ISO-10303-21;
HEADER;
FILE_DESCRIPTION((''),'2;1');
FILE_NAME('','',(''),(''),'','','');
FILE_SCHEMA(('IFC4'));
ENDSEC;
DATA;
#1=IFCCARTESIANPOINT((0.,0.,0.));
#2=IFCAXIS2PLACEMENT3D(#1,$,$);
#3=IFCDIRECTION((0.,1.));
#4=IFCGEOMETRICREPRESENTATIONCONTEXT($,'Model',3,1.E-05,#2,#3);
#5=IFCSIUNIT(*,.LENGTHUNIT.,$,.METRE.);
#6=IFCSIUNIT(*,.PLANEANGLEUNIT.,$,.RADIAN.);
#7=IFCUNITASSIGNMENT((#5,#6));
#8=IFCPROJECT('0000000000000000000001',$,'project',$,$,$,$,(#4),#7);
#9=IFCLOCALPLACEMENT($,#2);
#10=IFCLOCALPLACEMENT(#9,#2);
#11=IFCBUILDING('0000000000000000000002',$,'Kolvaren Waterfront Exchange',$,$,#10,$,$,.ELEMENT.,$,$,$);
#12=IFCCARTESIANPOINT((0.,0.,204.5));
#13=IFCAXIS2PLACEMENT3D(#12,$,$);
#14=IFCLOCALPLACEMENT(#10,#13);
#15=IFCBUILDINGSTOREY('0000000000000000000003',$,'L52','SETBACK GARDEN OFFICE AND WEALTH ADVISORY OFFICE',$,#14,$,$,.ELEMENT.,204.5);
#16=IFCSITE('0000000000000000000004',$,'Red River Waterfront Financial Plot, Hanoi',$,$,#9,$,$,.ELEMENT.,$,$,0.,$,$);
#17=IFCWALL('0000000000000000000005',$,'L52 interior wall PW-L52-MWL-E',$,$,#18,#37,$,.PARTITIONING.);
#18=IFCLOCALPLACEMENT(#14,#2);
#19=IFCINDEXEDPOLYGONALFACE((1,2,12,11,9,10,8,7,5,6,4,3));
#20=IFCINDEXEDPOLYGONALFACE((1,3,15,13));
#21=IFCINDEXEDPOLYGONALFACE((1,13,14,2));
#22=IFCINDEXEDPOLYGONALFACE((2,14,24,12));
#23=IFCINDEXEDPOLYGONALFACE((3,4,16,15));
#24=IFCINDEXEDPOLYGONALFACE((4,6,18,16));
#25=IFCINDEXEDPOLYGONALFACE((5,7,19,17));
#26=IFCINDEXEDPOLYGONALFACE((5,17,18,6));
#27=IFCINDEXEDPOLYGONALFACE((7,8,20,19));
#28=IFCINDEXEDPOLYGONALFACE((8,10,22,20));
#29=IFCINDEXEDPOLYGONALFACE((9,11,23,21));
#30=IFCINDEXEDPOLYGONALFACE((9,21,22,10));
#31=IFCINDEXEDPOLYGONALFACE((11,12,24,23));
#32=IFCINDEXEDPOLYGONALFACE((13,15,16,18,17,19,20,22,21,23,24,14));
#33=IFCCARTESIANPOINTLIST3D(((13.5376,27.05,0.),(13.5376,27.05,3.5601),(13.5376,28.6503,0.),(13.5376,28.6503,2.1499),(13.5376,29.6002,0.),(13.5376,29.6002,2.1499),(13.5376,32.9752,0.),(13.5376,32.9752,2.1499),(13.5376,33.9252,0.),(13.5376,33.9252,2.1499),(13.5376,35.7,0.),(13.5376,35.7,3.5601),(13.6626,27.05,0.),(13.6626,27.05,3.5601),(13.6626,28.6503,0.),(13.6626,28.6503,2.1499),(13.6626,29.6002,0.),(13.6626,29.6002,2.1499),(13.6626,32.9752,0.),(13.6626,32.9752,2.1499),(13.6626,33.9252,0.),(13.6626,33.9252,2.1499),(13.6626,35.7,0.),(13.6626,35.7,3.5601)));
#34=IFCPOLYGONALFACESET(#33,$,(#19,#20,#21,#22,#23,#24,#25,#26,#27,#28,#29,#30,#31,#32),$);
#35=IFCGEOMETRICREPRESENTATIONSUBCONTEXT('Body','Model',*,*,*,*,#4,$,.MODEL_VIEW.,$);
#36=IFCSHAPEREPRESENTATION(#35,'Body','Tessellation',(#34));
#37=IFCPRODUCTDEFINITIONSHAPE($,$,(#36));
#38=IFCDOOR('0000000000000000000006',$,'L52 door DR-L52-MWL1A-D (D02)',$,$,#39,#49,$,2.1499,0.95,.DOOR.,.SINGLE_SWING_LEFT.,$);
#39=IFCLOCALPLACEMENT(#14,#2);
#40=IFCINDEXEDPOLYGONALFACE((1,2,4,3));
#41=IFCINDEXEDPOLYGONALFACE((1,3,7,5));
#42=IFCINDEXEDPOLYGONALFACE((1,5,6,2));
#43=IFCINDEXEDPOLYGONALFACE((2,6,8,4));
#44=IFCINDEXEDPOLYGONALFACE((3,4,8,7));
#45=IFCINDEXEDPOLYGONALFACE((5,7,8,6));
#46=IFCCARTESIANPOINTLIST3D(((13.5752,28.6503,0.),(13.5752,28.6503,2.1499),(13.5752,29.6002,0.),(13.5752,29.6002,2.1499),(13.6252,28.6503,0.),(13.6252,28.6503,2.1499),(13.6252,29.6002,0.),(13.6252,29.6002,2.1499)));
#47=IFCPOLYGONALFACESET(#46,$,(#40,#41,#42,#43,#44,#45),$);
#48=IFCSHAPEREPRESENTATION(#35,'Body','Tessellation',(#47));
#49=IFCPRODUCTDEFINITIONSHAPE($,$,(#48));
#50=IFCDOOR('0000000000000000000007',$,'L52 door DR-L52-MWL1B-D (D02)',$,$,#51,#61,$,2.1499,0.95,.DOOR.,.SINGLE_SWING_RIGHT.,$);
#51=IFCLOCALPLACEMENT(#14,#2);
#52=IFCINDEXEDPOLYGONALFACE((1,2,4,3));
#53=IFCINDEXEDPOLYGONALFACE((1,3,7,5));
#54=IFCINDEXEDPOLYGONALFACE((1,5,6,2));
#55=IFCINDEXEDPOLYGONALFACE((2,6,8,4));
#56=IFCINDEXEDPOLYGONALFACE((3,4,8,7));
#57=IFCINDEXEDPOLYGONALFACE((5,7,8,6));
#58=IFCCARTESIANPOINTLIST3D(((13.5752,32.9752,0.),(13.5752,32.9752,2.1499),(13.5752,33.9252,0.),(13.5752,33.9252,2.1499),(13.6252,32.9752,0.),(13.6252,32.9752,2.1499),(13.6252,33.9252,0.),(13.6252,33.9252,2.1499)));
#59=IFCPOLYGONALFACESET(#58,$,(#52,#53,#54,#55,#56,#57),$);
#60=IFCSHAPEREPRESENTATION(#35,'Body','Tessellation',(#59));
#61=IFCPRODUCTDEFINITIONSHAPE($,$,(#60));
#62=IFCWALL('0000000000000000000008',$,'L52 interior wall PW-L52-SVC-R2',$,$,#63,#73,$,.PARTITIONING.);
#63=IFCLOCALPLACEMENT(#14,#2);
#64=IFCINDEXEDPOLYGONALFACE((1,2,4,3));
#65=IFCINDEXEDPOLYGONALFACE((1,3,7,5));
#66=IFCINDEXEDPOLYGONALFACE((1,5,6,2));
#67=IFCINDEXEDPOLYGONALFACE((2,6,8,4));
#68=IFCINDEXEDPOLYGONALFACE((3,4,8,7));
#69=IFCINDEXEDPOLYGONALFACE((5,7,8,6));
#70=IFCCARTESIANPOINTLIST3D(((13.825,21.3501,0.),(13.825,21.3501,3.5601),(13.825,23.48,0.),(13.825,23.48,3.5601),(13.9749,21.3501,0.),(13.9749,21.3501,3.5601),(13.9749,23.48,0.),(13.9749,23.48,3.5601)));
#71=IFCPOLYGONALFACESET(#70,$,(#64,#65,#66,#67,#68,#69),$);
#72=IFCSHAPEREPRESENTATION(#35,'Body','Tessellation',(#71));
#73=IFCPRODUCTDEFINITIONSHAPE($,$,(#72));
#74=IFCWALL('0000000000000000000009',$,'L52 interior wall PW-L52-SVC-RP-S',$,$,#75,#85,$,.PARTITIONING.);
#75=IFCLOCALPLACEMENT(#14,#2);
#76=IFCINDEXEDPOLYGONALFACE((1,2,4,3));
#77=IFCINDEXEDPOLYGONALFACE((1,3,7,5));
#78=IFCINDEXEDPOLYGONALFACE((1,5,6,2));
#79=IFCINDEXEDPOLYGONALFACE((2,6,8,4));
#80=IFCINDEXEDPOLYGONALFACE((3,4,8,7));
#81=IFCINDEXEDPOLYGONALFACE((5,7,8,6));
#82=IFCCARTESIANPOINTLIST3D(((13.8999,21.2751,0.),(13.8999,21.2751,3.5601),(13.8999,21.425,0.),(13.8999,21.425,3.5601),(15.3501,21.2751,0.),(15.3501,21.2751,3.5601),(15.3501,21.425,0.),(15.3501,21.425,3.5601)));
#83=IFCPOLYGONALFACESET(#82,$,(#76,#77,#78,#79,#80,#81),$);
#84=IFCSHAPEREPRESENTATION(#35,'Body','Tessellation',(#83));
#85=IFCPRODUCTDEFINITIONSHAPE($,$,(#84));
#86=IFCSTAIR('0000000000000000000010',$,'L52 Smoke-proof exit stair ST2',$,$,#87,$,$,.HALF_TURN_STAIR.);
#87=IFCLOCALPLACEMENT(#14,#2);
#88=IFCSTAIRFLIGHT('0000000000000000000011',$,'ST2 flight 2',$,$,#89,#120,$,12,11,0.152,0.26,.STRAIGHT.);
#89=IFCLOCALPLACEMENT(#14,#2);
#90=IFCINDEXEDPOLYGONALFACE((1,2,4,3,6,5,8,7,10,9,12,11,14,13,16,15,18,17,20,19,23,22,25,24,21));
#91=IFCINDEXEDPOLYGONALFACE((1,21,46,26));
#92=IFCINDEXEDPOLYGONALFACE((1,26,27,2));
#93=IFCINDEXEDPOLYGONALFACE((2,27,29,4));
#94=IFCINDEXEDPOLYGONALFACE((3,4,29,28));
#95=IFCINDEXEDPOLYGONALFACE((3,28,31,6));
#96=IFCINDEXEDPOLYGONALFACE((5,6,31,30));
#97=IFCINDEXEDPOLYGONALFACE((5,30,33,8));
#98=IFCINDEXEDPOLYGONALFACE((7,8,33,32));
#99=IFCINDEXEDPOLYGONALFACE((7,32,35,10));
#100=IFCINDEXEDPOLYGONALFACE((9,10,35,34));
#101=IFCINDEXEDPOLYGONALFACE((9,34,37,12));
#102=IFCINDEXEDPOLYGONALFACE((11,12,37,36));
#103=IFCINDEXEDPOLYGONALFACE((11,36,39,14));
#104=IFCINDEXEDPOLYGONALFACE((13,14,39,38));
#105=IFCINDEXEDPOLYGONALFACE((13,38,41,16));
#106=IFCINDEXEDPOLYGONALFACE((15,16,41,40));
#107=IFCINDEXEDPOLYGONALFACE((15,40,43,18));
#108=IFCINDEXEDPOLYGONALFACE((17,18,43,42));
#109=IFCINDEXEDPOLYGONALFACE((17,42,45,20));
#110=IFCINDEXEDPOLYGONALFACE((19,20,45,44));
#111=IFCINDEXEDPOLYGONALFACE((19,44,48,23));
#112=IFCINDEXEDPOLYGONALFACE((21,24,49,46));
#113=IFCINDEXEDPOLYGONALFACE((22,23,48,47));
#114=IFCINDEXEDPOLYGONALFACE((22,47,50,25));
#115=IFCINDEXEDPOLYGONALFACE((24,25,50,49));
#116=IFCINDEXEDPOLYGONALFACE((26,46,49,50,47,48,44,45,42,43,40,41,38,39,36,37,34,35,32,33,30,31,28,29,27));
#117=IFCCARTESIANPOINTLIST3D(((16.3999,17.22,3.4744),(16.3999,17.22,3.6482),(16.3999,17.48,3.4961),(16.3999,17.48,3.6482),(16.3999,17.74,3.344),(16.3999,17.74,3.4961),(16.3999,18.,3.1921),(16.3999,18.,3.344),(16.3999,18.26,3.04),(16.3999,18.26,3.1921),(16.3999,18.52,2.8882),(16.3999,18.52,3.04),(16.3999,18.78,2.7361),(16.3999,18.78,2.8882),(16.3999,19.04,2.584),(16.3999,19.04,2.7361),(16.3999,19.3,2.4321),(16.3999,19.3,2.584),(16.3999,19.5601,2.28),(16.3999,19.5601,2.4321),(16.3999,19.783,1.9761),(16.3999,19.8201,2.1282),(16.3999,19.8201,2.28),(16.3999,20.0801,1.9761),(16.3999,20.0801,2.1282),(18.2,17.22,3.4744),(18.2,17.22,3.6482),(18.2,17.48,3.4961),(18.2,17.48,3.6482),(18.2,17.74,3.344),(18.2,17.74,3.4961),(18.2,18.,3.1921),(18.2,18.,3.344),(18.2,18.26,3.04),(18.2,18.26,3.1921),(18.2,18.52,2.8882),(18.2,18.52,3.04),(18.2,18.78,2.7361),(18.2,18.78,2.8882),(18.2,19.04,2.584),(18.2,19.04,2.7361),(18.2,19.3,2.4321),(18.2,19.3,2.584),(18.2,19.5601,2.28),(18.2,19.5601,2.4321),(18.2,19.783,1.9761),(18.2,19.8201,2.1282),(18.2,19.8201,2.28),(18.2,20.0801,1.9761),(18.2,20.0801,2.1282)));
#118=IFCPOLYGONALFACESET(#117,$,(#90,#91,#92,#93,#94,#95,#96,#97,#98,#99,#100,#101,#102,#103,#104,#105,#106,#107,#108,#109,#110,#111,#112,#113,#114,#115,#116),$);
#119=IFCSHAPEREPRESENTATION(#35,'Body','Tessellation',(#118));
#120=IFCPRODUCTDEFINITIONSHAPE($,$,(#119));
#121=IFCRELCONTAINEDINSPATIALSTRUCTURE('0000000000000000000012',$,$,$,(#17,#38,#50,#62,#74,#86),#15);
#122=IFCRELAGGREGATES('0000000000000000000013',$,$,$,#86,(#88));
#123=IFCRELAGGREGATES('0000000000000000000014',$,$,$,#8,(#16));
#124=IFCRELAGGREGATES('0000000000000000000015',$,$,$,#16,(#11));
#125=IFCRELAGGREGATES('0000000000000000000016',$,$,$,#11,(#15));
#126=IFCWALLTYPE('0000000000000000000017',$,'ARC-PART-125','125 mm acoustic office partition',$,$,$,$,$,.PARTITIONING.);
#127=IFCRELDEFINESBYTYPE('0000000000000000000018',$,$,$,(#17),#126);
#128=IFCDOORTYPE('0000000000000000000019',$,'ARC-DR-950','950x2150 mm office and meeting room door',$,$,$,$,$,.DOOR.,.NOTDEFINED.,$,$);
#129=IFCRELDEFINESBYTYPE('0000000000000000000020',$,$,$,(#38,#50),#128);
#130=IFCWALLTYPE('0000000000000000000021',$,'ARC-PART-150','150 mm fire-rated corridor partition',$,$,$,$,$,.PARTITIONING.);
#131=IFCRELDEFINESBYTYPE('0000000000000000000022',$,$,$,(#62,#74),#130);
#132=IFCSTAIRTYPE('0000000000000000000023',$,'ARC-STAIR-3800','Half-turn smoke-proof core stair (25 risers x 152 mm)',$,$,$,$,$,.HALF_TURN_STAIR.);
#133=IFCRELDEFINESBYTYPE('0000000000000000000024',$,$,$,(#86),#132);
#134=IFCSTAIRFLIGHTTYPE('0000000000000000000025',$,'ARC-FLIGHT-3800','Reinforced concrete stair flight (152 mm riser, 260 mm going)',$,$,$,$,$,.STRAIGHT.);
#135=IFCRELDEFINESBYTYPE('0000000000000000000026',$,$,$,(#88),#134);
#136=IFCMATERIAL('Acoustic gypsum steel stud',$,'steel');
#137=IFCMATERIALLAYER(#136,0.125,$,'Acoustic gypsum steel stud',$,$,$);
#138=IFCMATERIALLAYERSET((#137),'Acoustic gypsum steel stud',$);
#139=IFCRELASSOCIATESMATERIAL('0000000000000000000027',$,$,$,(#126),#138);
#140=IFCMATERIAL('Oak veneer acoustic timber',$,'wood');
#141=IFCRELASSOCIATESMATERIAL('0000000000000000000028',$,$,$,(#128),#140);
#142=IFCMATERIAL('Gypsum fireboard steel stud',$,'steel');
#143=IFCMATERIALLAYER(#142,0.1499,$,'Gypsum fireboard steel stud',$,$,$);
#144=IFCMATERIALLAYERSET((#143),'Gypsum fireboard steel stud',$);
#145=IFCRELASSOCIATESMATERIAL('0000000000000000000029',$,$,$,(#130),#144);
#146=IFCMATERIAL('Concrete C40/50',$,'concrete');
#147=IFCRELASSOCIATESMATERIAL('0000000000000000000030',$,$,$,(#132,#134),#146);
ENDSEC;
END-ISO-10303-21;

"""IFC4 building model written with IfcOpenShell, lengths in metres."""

from ifc_helpers import new_model, si_unit, direction, frame, frame_2d, origin, place, context, subcontext, project, spatial, polyline, rectangle, outline, extrude, material, layer, layer_set, type_object, element, fill, aggregate, save


model = new_model("IFC4")

# Units and contexts
model_context = context("Model", 3, precision=1e-05, world=origin(), true_north=direction((0.0, 1.0)))
body_context = subcontext(model_context, "Body", "Model", "MODEL_VIEW")
ifc_project = project(units=[si_unit("LENGTHUNIT", "METRE"), si_unit("PLANEANGLEUNIT", "RADIAN")], contexts=[model_context])

# Site, building, storey
site_placement = place(None, origin())
site = spatial("IfcSite", under=ifc_project, at=site_placement, Name="Red River Waterfront Financial Plot, Hanoi", CompositionType="ELEMENT", RefElevation=0.0)
building_placement = place(site_placement, origin())
building = spatial("IfcBuilding", under=site, at=building_placement, Name="Kolvaren Waterfront Exchange", CompositionType="ELEMENT")
storey_placement = place(building_placement, frame((0.0, 0.0, 204.5)))
storey = spatial("IfcBuildingStorey", under=building, at=storey_placement, Name="L52", Description="SETBACK GARDEN OFFICE AND WEALTH ADVISORY OFFICE", CompositionType="ELEMENT", Elevation=204.5)

# Shared definitions
ifc_material_1 = material(Name="Acoustic gypsum steel stud", Category="steel")
ifc_layer_1 = layer(ifc_material_1, 0.125, Name="Acoustic gypsum steel stud")
ifc_layer_set_1 = layer_set([ifc_layer_1], Name="Acoustic gypsum steel stud")
wall_type_1 = type_object("IfcWallType", Name="ARC-PART-125", Description="125 mm acoustic office partition", PredefinedType="PARTITIONING", material=ifc_layer_set_1)

# Wall, openings, doors
wall_1_placement = place(storey_placement, frame((13.6001, 27.05, 0.0), z_axis=(0.0, 0.0, 1.0), x_axis=(0.0, 1.0, 0.0)))
wall_1 = element("IfcWall", 1, at=wall_1_placement, inside=storey, type_object=wall_type_1, Name="L52 interior wall PW-L52-MWL-E", PredefinedType="PARTITIONING", context=body_context, shape_type="SweptSolid", body=[
    extrude(rectangle(XDim=8.6499, YDim=0.125, at=frame_2d((4.325, 0.0))), origin(), (0.0, 0.0, 1.0), 3.5601),
])
opening_1_placement = place(wall_1_placement, frame((1.6001, 0.0, 0.0)))
opening_1 = element("IfcOpeningElement", 2, at=opening_1_placement, cuts=wall_1, PredefinedType="OPENING", context=body_context, shape_type="SweptSolid", body=[
    extrude(rectangle(XDim=0.95, YDim=2.1499, at=frame_2d((0.4751, 1.075))), frame((0.0, 0.0725, 0.0), z_axis=(0.0, -1.0, 0.0), x_axis=(1.0, 0.0, 0.0)), (0.0, 0.0, 1.0), 0.145),
])
opening_2_placement = place(wall_1_placement, frame((5.925, 0.0, 0.0)))
opening_2 = element("IfcOpeningElement", 3, at=opening_2_placement, cuts=wall_1, PredefinedType="OPENING", context=body_context, shape_type="SweptSolid", body=[
    extrude(rectangle(XDim=0.95, YDim=2.1499, at=frame_2d((0.4751, 1.075))), frame((0.0, 0.0725, 0.0), z_axis=(0.0, -1.0, 0.0), x_axis=(1.0, 0.0, 0.0)), (0.0, 0.0, 1.0), 0.145),
])
ifc_material_2 = material(Name="Oak veneer acoustic timber", Category="wood")
door_type_1 = type_object("IfcDoorType", Name="ARC-DR-950", Description="950x2150 mm office and meeting room door", OperationType="NOTDEFINED", PredefinedType="DOOR", material=ifc_material_2)
door_1_placement = place(opening_1_placement, origin())
door_1 = element("IfcDoor", 4, at=door_1_placement, inside=storey, type_object=door_type_1, Name="L52 door DR-L52-MWL1A-D (D02)", OperationType="SINGLE_SWING_LEFT", OverallHeight=2.1499, OverallWidth=0.95, PredefinedType="DOOR", context=body_context, shape_type="SweptSolid", body=[
    extrude(rectangle(XDim=0.95, YDim=2.1499, at=frame_2d((0.4751, 1.075))), frame((0.0, 0.0249, 0.0), z_axis=(0.0, -1.0, 0.0), x_axis=(1.0, 0.0, 0.0)), (0.0, 0.0, 1.0), 0.05),
])
fill(opening_1, door_1)
door_2_placement = place(opening_2_placement, origin())
door_2 = element("IfcDoor", 5, at=door_2_placement, inside=storey, type_object=door_type_1, Name="L52 door DR-L52-MWL1B-D (D02)", OperationType="SINGLE_SWING_RIGHT", OverallHeight=2.1499, OverallWidth=0.95, PredefinedType="DOOR", context=body_context, shape_type="SweptSolid", body=[
    extrude(rectangle(XDim=0.95, YDim=2.1499, at=frame_2d((0.4751, 1.075))), frame((0.0, 0.0249, 0.0), z_axis=(0.0, -1.0, 0.0), x_axis=(1.0, 0.0, 0.0)), (0.0, 0.0, 1.0), 0.05),
])
fill(opening_2, door_2)

# Walls
ifc_material_3 = material(Name="Gypsum fireboard steel stud", Category="steel")
ifc_layer_2 = layer(ifc_material_3, 0.1499, Name="Gypsum fireboard steel stud")
ifc_layer_set_2 = layer_set([ifc_layer_2], Name="Gypsum fireboard steel stud")
wall_type_2 = type_object("IfcWallType", Name="ARC-PART-150", Description="150 mm fire-rated corridor partition", PredefinedType="PARTITIONING", material=ifc_layer_set_2)
wall_2_placement = place(storey_placement, frame((13.8999, 21.3501, 0.0), z_axis=(0.0, 0.0, 1.0), x_axis=(0.0, 1.0, 0.0)))
element("IfcWall", 6, at=wall_2_placement, inside=storey, type_object=wall_type_2, Name="L52 interior wall PW-L52-SVC-R2", PredefinedType="PARTITIONING", context=body_context, shape_type="SweptSolid", body=[
    extrude(rectangle(XDim=2.1299, YDim=0.1499, at=frame_2d((1.0649, 0.0))), origin(), (0.0, 0.0, 1.0), 3.5601),
])
wall_3_placement = place(storey_placement, frame((13.8999, 21.3501, 0.0), z_axis=(0.0, 0.0, 1.0), x_axis=(1.0, 0.0, 0.0)))
element("IfcWall", 7, at=wall_3_placement, inside=storey, type_object=wall_type_2, Name="L52 interior wall PW-L52-SVC-RP-S", PredefinedType="PARTITIONING", context=body_context, shape_type="SweptSolid", body=[
    extrude(rectangle(XDim=1.4502, YDim=0.1499, at=frame_2d((0.7251, 0.0))), origin(), (0.0, 0.0, 1.0), 3.5601),
])

# Stair, stair flight
ifc_material_4 = material(Name="Concrete C40/50", Category="concrete")
stair_type = type_object("IfcStairType", Name="ARC-STAIR-3800", Description="Half-turn smoke-proof core stair (25 risers x 152 mm)", PredefinedType="HALF_TURN_STAIR", material=ifc_material_4)
stair_placement = place(storey_placement, origin())
stair = element("IfcStair", 8, at=stair_placement, inside=storey, type_object=stair_type, Name="L52 Smoke-proof exit stair ST2", PredefinedType="HALF_TURN_STAIR")
stair_flight_type = type_object("IfcStairFlightType", Name="ARC-FLIGHT-3800", Description="Reinforced concrete stair flight (152 mm riser, 260 mm going)", PredefinedType="STRAIGHT", material=ifc_material_4)
stair_flight_placement = place(storey_placement, frame((17.3, 20.0801, 1.9761), z_axis=(0.0, 0.0, 1.0), x_axis=(0.0, -1.0, 0.0)))
stair_flight = element("IfcStairFlight", 9, at=stair_flight_placement, type_object=stair_flight_type, Name="ST2 flight 2", NumberOfRisers=12, NumberOfTreads=11, PredefinedType="STRAIGHT", RiserHeight=0.152, TreadLength=0.26, context=body_context, shape_type="SweptSolid", body=[
    extrude(outline(polyline([(0.0, 0.0), (0.0, 0.1521), (0.26, 0.1521), (0.26, 0.304), (0.52, 0.304), (0.52, 0.4561), (0.78, 0.4561), (0.78, 0.6079), (1.04, 0.6079), (1.04, 0.76), (1.3, 0.76), (1.3, 0.9121), (1.5601, 0.9121), (1.5601, 1.064), (1.8201, 1.064), (1.8201, 1.2161), (2.0801, 1.2161), (2.0801, 1.3679), (2.3401, 1.3679), (2.3401, 1.52), (2.6001, 1.52), (2.6001, 1.6721), (2.8601, 1.6721), (2.8601, 1.824), (2.8601, 1.4983), (0.2971, 0.0), (0.0, 0.0)])), frame((0.0, 0.8999, 0.0), z_axis=(0.0, -1.0, 0.0), x_axis=(1.0, 0.0, 0.0)), (0.0, 0.0, 1.0), 1.8),
])
aggregate(stair, [stair_flight])

save(model, "model.ifc")
